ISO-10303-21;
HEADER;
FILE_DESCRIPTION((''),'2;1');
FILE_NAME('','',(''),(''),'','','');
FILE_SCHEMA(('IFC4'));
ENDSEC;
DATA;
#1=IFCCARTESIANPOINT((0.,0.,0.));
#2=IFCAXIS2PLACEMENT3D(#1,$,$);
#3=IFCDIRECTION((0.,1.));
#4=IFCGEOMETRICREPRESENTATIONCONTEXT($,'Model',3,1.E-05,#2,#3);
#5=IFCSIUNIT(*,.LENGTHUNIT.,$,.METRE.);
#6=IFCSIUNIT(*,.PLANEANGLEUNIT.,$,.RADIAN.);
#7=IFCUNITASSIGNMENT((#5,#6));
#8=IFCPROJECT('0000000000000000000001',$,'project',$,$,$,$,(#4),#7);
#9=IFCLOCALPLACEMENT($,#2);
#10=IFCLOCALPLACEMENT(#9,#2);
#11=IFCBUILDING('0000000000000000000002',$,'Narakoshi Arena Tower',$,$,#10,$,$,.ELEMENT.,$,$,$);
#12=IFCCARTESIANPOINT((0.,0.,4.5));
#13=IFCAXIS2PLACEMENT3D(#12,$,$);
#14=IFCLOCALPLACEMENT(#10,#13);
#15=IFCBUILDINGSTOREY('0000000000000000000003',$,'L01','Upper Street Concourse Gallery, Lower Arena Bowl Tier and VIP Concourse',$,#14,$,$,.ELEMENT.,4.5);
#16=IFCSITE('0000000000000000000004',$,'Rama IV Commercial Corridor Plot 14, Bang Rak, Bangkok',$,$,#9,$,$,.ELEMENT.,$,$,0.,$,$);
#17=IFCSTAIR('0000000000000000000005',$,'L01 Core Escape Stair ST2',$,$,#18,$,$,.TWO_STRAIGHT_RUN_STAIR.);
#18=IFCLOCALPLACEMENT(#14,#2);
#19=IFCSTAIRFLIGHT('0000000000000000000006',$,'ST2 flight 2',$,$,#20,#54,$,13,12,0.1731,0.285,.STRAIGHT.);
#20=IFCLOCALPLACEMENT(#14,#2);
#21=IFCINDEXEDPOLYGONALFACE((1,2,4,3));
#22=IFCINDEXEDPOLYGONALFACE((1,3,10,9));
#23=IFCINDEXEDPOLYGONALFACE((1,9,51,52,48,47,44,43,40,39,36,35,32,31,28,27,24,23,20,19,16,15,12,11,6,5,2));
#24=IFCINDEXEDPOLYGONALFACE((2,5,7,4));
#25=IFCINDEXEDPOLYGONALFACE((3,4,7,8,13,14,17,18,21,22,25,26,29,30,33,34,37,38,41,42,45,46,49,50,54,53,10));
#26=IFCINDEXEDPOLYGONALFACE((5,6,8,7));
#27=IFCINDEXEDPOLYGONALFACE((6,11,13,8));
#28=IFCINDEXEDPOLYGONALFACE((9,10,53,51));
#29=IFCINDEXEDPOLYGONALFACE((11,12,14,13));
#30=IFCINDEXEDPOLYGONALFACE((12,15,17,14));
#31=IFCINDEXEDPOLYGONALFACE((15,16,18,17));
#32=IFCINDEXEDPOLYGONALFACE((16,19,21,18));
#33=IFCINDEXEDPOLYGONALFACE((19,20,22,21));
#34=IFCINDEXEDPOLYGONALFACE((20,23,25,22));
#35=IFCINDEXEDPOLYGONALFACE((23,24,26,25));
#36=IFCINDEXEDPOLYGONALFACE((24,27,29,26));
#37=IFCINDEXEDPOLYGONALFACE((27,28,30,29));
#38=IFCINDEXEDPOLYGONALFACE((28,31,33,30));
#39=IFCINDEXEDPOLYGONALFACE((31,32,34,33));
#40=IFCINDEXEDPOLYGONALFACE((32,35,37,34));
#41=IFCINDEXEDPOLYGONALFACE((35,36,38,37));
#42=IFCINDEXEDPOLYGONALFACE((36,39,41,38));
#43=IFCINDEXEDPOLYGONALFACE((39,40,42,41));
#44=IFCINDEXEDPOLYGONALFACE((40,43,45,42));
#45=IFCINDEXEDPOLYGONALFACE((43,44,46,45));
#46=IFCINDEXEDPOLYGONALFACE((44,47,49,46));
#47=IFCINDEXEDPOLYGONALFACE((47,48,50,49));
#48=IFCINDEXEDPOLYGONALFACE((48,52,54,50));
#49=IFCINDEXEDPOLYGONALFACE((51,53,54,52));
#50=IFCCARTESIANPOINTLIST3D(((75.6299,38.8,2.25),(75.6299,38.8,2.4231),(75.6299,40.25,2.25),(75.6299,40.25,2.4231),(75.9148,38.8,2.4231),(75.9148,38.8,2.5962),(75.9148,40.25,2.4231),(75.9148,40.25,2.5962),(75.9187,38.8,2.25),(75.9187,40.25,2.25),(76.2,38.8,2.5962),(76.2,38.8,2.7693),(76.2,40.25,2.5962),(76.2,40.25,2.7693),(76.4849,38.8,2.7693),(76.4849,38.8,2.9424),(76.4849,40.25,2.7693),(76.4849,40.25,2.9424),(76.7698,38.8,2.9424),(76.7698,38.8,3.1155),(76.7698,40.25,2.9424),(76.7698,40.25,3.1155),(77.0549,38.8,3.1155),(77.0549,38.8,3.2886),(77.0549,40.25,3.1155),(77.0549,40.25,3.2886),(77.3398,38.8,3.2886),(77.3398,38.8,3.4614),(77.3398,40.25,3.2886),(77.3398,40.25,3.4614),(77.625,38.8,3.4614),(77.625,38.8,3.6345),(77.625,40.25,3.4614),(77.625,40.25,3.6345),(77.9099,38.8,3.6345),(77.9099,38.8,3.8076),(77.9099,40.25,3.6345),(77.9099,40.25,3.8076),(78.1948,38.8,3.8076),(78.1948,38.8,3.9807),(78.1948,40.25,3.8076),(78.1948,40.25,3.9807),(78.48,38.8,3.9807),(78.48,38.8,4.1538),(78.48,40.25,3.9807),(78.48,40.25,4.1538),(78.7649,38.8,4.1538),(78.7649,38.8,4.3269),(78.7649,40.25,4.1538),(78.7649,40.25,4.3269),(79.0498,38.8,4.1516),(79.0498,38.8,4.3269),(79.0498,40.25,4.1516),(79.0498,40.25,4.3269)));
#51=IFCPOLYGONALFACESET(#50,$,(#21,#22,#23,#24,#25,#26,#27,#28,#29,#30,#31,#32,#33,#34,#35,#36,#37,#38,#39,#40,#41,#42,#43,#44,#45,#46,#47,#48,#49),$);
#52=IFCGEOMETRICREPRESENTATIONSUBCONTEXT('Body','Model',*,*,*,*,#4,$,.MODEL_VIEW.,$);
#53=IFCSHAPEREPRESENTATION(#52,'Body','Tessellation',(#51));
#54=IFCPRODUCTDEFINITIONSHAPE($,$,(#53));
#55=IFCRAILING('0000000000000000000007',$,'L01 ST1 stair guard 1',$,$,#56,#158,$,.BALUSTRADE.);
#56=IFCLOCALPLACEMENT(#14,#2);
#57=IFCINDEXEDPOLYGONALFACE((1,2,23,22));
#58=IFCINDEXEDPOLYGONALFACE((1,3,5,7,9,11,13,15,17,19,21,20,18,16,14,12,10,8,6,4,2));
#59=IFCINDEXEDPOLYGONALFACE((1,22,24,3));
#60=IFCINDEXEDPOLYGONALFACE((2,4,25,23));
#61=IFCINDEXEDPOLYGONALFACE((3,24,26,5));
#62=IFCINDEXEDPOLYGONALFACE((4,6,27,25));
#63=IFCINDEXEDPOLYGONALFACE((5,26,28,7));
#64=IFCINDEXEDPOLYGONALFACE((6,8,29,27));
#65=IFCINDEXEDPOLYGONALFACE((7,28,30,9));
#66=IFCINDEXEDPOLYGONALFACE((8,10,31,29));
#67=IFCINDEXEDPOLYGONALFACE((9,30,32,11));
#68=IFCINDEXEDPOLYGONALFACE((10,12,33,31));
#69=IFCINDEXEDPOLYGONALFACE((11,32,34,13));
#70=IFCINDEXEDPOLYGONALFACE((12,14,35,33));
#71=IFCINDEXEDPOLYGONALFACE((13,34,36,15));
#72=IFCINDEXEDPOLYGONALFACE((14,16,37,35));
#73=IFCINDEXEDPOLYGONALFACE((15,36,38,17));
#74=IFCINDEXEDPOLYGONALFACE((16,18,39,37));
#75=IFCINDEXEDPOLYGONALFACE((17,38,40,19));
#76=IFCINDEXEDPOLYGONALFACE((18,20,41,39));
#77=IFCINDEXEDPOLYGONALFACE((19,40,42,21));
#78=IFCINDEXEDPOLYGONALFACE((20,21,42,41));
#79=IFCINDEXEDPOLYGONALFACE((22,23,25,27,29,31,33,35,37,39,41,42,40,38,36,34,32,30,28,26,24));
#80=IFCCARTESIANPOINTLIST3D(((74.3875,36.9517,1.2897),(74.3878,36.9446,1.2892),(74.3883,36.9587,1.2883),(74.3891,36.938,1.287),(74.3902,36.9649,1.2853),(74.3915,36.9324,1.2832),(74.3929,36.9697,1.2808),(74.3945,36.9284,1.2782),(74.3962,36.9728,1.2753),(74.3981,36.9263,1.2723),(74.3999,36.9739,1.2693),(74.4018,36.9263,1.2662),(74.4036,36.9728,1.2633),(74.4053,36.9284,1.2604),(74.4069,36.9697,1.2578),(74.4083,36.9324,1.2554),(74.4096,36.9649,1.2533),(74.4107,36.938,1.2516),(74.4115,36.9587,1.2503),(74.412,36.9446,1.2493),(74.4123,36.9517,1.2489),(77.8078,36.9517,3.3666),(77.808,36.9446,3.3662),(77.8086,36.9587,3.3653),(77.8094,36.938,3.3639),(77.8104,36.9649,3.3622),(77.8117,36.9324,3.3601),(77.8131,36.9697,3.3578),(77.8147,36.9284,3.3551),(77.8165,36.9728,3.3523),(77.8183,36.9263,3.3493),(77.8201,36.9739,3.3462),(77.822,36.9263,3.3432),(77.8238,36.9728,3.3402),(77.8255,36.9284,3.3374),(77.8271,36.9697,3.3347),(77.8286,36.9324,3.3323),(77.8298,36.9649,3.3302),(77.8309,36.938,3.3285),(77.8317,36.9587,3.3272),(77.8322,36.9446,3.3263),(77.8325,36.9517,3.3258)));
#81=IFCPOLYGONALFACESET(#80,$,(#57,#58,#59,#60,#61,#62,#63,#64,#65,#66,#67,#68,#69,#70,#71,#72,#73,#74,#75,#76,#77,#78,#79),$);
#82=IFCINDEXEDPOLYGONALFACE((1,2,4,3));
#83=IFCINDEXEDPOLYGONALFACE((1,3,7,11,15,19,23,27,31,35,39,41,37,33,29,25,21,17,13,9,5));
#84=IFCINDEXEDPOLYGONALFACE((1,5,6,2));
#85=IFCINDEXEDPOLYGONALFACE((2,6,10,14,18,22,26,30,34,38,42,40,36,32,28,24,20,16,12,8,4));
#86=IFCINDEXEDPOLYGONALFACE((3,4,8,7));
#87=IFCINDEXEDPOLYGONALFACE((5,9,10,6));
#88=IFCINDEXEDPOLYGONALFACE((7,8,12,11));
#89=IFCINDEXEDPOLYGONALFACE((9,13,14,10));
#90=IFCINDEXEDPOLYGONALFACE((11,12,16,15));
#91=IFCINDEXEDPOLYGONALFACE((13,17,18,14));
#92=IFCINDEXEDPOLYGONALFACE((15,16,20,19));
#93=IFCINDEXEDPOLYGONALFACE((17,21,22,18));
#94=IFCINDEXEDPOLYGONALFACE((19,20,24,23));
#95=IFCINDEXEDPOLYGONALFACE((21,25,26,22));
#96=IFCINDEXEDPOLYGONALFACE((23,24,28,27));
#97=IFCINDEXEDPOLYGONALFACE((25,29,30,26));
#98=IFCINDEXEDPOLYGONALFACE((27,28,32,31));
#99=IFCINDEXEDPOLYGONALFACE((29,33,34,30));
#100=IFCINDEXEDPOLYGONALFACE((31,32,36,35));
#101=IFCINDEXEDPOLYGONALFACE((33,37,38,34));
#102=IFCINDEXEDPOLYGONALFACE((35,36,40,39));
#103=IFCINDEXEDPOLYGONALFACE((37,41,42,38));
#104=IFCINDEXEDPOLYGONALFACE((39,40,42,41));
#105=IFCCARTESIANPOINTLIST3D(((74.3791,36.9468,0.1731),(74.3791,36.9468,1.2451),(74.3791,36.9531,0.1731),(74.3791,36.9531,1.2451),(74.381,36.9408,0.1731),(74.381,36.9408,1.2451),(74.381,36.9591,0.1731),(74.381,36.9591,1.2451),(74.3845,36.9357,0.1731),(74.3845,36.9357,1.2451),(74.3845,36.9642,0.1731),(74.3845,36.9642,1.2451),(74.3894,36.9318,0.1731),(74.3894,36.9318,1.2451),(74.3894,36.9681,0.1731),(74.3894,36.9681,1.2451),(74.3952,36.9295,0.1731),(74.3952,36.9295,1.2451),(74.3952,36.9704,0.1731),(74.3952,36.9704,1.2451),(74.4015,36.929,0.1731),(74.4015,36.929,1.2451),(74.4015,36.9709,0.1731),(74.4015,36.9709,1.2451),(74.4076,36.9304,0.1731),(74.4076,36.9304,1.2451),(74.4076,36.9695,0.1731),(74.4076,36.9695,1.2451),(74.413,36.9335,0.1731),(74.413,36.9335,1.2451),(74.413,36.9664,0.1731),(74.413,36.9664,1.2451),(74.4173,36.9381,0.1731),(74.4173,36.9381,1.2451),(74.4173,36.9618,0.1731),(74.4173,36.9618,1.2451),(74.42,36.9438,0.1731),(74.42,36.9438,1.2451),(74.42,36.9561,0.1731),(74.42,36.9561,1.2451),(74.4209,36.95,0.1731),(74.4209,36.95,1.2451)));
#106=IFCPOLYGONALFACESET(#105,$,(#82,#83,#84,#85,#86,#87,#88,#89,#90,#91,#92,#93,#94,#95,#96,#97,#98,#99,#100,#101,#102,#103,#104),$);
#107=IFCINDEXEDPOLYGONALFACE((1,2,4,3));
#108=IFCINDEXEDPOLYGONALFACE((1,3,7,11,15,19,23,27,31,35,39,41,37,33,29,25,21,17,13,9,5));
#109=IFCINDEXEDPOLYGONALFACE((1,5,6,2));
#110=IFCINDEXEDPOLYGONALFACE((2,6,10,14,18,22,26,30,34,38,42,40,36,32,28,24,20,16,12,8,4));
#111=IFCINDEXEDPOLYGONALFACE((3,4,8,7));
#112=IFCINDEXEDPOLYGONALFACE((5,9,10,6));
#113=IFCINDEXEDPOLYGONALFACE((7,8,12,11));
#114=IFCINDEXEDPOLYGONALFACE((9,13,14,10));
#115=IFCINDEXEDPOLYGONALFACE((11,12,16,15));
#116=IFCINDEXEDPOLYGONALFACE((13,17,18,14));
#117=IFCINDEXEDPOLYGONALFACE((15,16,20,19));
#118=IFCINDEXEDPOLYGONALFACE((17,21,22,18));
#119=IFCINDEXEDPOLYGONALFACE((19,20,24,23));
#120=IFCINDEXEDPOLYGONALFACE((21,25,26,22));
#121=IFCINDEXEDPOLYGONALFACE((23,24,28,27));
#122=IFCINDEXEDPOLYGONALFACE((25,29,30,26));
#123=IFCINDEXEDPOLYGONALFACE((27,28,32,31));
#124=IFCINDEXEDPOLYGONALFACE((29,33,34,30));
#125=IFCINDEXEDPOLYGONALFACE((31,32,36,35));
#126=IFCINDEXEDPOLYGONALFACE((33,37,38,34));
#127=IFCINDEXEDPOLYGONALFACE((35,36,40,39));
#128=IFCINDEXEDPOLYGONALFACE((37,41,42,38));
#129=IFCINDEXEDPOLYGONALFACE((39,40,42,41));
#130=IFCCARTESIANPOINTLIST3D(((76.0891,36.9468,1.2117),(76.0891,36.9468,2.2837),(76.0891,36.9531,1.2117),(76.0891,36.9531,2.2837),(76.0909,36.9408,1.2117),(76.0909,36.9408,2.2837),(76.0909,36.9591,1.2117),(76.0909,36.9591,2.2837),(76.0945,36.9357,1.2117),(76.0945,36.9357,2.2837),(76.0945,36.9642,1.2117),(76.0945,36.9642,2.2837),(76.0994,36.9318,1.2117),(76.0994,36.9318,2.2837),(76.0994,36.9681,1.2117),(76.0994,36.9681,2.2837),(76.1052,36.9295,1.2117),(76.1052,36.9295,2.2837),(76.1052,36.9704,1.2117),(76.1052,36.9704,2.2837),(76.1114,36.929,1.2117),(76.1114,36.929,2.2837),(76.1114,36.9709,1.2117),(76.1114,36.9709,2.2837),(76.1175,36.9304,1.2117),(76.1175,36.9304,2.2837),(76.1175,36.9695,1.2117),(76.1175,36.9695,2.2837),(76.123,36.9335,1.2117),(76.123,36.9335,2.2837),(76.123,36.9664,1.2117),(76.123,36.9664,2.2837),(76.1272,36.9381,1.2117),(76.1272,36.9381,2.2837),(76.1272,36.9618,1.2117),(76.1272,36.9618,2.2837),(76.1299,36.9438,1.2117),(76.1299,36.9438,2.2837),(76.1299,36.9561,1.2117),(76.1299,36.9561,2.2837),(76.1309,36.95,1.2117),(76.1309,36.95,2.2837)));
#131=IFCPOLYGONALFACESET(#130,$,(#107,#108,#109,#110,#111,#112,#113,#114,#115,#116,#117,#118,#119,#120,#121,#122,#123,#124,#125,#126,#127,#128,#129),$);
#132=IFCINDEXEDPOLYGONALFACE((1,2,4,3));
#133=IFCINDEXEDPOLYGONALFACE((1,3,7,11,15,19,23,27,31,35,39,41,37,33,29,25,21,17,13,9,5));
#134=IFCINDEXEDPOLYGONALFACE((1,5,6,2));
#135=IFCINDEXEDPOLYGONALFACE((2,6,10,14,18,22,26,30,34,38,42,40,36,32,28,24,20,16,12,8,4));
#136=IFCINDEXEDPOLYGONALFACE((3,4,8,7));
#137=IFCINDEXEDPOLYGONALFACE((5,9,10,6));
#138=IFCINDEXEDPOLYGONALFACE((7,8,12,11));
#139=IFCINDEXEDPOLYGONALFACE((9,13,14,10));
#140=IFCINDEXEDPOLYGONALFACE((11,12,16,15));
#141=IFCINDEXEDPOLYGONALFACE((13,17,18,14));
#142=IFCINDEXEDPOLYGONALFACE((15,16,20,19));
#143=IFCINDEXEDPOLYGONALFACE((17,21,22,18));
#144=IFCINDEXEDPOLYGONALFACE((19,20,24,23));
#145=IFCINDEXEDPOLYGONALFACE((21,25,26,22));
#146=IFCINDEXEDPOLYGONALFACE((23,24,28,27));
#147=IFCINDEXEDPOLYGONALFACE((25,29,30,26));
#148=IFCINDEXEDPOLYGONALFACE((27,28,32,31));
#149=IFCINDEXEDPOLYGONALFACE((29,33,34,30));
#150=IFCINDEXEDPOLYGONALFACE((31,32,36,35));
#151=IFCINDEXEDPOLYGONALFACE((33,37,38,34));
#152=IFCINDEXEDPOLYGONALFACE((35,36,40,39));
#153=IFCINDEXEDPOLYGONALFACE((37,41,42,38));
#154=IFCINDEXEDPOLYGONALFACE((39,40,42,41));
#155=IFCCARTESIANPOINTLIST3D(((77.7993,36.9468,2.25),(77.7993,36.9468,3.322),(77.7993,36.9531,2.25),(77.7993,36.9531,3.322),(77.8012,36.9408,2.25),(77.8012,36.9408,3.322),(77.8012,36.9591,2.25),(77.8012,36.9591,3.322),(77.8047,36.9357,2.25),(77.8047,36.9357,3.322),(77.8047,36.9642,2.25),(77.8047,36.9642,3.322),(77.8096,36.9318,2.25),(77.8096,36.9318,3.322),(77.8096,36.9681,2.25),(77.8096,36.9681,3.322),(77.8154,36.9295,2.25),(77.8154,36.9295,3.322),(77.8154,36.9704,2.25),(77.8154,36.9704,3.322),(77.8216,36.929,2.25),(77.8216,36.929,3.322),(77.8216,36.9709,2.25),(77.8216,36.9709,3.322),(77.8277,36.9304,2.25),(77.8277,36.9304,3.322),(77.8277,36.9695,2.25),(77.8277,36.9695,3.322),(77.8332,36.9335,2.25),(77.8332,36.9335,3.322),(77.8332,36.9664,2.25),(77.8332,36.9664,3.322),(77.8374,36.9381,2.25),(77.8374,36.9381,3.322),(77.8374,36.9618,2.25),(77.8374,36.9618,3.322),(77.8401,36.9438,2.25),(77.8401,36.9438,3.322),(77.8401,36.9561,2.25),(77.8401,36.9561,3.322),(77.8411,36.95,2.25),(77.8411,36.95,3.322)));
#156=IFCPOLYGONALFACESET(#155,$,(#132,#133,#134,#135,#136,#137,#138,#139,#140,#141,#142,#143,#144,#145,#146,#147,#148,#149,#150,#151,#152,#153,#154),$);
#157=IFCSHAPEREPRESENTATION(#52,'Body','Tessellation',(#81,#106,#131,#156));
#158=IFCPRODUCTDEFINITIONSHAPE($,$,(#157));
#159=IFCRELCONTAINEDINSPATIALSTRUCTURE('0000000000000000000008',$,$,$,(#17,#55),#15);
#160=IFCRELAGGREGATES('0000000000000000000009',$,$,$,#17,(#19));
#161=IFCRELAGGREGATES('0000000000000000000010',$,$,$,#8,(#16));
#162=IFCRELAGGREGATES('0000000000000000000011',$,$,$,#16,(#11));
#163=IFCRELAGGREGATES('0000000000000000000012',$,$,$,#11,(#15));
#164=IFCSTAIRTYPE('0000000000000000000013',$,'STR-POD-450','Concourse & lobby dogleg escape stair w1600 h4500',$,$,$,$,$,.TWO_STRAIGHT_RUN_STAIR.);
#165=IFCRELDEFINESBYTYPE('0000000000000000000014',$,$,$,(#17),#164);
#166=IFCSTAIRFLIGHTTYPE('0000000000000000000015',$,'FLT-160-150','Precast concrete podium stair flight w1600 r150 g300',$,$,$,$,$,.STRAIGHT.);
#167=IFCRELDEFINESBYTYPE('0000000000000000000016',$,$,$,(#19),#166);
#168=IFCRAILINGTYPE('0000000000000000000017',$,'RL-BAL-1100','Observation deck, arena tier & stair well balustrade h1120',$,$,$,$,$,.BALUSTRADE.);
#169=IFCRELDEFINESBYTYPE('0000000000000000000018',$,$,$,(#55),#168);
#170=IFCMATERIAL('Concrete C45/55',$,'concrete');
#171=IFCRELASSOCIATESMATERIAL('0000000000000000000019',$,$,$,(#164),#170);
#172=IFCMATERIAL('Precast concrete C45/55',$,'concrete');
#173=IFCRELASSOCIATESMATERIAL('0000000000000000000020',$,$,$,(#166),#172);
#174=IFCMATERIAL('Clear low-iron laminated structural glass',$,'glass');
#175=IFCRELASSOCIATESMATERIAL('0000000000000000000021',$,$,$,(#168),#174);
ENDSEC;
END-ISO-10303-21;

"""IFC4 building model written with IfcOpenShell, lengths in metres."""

from ifc_helpers import new_model, si_unit, direction, frame, origin, origin_2d, place, context, subcontext, project, spatial, polyline, circle, outline, extrude, material, type_object, element, aggregate, save


model = new_model("IFC4")

# Units and contexts
model_context = context("Model", 3, precision=1e-05, world=origin(), true_north=direction((0.0, 1.0)))
body_context = subcontext(model_context, "Body", "Model", "MODEL_VIEW")
ifc_project = project(units=[si_unit("LENGTHUNIT", "METRE"), si_unit("PLANEANGLEUNIT", "RADIAN")], contexts=[model_context])

# Site, building, storey
site_placement = place(None, origin())
site = spatial("IfcSite", under=ifc_project, at=site_placement, Name="Rama IV Commercial Corridor Plot 14, Bang Rak, Bangkok", CompositionType="ELEMENT", RefElevation=0.0)
building_placement = place(site_placement, origin())
building = spatial("IfcBuilding", under=site, at=building_placement, Name="Narakoshi Arena Tower", CompositionType="ELEMENT")
storey_placement = place(building_placement, frame((0.0, 0.0, 4.5)))
storey = spatial("IfcBuildingStorey", under=building, at=storey_placement, Name="L01", Description="Upper Street Concourse Gallery, Lower Arena Bowl Tier and VIP Concourse", CompositionType="ELEMENT", Elevation=4.5)

# Stair, stair flight
ifc_material_1 = material(Name="Concrete C45/55", Category="concrete")
stair_type = type_object("IfcStairType", Name="STR-POD-450", Description="Concourse & lobby dogleg escape stair w1600 h4500", PredefinedType="TWO_STRAIGHT_RUN_STAIR", material=ifc_material_1)
ifc_material_2 = material(Name="Precast concrete C45/55", Category="concrete")
stair_flight_type = type_object("IfcStairFlightType", Name="FLT-160-150", Description="Precast concrete podium stair flight w1600 r150 g300", PredefinedType="STRAIGHT", material=ifc_material_2)
stair_1_placement = place(storey_placement, origin())
stair_1 = element("IfcStair", 1, at=stair_1_placement, inside=storey, type_object=stair_type, Name="L01 Core Escape Stair ST2", PredefinedType="TWO_STRAIGHT_RUN_STAIR")
stair_flight_1_placement = place(storey_placement, frame((75.6299, 39.5249, 2.25), z_axis=(0.0, 0.0, 1.0), x_axis=(1.0, 0.0, 0.0)))
stair_flight_1 = element("IfcStairFlight", 2, at=stair_flight_1_placement, type_object=stair_flight_type, Name="ST2 flight 2", NumberOfRisers=13, NumberOfTreads=12, PredefinedType="STRAIGHT", RiserHeight=0.1731, TreadLength=0.285, context=body_context, shape_type="SweptSolid", body=[
    extrude(outline(polyline([(0.0, 0.0), (0.0, 0.1731), (0.2849, 0.1731), (0.2849, 0.3462), (0.5701, 0.3462), (0.5701, 0.5193), (0.855, 0.5193), (0.855, 0.6924), (1.1399, 0.6924), (1.1399, 0.8655), (1.425, 0.8655), (1.425, 1.0386), (1.71, 1.0386), (1.71, 1.2114), (1.9951, 1.2114), (1.9951, 1.3845), (2.28, 1.3845), (2.28, 1.5576), (2.5649, 1.5576), (2.5649, 1.7307), (2.8501, 1.7307), (2.8501, 1.9038), (3.135, 1.9038), (3.135, 2.0769), (3.4199, 2.0769), (3.4199, 2.25), (3.4199, 1.9016), (0.2888, 0.0), (0.0, 0.0)])), frame((0.0, 0.7251, 0.0), z_axis=(0.0, -1.0, 0.0), x_axis=(1.0, 0.0, 0.0)), (0.0, 0.0, 1.0), 1.45),
])
aggregate(stair_1, [stair_flight_1])

# Railing
ifc_material_3 = material(Name="Clear low-iron laminated structural glass", Category="glass")
railing_type_1 = type_object("IfcRailingType", Name="RL-BAL-1100", Description="Observation deck, arena tier & stair well balustrade h1120", PredefinedType="BALUSTRADE", material=ifc_material_3)
railing_1_placement = place(storey_placement, frame((74.3999, 36.95, 0.1731)))
element("IfcRailing", 3, at=railing_1_placement, inside=storey, type_object=railing_type_1, Name="L01 ST1 stair guard 1", PredefinedType="BALUSTRADE", context=body_context, shape_type="SweptSolid", body=[
    extrude(circle(Radius=0.0239, at=origin_2d()), frame((0.0, 0.0, 1.0962), z_axis=(0.854746, 0.0, 0.519047), x_axis=(0.0, 1.0, 0.0)), (0.0, 0.0, 1.0), 4.0015),
    extrude(circle(Radius=0.021, at=origin_2d()), origin(), (0.0, 0.0, 1.0), 1.072),
    extrude(circle(Radius=0.021, at=origin_2d()), frame((1.71, 0.0, 1.0386)), (0.0, 0.0, 1.0), 1.072),
    extrude(circle(Radius=0.021, at=origin_2d()), frame((3.4202, 0.0, 2.0769)), (0.0, 0.0, 1.0), 1.072),
])

save(model, "model.ifc")
